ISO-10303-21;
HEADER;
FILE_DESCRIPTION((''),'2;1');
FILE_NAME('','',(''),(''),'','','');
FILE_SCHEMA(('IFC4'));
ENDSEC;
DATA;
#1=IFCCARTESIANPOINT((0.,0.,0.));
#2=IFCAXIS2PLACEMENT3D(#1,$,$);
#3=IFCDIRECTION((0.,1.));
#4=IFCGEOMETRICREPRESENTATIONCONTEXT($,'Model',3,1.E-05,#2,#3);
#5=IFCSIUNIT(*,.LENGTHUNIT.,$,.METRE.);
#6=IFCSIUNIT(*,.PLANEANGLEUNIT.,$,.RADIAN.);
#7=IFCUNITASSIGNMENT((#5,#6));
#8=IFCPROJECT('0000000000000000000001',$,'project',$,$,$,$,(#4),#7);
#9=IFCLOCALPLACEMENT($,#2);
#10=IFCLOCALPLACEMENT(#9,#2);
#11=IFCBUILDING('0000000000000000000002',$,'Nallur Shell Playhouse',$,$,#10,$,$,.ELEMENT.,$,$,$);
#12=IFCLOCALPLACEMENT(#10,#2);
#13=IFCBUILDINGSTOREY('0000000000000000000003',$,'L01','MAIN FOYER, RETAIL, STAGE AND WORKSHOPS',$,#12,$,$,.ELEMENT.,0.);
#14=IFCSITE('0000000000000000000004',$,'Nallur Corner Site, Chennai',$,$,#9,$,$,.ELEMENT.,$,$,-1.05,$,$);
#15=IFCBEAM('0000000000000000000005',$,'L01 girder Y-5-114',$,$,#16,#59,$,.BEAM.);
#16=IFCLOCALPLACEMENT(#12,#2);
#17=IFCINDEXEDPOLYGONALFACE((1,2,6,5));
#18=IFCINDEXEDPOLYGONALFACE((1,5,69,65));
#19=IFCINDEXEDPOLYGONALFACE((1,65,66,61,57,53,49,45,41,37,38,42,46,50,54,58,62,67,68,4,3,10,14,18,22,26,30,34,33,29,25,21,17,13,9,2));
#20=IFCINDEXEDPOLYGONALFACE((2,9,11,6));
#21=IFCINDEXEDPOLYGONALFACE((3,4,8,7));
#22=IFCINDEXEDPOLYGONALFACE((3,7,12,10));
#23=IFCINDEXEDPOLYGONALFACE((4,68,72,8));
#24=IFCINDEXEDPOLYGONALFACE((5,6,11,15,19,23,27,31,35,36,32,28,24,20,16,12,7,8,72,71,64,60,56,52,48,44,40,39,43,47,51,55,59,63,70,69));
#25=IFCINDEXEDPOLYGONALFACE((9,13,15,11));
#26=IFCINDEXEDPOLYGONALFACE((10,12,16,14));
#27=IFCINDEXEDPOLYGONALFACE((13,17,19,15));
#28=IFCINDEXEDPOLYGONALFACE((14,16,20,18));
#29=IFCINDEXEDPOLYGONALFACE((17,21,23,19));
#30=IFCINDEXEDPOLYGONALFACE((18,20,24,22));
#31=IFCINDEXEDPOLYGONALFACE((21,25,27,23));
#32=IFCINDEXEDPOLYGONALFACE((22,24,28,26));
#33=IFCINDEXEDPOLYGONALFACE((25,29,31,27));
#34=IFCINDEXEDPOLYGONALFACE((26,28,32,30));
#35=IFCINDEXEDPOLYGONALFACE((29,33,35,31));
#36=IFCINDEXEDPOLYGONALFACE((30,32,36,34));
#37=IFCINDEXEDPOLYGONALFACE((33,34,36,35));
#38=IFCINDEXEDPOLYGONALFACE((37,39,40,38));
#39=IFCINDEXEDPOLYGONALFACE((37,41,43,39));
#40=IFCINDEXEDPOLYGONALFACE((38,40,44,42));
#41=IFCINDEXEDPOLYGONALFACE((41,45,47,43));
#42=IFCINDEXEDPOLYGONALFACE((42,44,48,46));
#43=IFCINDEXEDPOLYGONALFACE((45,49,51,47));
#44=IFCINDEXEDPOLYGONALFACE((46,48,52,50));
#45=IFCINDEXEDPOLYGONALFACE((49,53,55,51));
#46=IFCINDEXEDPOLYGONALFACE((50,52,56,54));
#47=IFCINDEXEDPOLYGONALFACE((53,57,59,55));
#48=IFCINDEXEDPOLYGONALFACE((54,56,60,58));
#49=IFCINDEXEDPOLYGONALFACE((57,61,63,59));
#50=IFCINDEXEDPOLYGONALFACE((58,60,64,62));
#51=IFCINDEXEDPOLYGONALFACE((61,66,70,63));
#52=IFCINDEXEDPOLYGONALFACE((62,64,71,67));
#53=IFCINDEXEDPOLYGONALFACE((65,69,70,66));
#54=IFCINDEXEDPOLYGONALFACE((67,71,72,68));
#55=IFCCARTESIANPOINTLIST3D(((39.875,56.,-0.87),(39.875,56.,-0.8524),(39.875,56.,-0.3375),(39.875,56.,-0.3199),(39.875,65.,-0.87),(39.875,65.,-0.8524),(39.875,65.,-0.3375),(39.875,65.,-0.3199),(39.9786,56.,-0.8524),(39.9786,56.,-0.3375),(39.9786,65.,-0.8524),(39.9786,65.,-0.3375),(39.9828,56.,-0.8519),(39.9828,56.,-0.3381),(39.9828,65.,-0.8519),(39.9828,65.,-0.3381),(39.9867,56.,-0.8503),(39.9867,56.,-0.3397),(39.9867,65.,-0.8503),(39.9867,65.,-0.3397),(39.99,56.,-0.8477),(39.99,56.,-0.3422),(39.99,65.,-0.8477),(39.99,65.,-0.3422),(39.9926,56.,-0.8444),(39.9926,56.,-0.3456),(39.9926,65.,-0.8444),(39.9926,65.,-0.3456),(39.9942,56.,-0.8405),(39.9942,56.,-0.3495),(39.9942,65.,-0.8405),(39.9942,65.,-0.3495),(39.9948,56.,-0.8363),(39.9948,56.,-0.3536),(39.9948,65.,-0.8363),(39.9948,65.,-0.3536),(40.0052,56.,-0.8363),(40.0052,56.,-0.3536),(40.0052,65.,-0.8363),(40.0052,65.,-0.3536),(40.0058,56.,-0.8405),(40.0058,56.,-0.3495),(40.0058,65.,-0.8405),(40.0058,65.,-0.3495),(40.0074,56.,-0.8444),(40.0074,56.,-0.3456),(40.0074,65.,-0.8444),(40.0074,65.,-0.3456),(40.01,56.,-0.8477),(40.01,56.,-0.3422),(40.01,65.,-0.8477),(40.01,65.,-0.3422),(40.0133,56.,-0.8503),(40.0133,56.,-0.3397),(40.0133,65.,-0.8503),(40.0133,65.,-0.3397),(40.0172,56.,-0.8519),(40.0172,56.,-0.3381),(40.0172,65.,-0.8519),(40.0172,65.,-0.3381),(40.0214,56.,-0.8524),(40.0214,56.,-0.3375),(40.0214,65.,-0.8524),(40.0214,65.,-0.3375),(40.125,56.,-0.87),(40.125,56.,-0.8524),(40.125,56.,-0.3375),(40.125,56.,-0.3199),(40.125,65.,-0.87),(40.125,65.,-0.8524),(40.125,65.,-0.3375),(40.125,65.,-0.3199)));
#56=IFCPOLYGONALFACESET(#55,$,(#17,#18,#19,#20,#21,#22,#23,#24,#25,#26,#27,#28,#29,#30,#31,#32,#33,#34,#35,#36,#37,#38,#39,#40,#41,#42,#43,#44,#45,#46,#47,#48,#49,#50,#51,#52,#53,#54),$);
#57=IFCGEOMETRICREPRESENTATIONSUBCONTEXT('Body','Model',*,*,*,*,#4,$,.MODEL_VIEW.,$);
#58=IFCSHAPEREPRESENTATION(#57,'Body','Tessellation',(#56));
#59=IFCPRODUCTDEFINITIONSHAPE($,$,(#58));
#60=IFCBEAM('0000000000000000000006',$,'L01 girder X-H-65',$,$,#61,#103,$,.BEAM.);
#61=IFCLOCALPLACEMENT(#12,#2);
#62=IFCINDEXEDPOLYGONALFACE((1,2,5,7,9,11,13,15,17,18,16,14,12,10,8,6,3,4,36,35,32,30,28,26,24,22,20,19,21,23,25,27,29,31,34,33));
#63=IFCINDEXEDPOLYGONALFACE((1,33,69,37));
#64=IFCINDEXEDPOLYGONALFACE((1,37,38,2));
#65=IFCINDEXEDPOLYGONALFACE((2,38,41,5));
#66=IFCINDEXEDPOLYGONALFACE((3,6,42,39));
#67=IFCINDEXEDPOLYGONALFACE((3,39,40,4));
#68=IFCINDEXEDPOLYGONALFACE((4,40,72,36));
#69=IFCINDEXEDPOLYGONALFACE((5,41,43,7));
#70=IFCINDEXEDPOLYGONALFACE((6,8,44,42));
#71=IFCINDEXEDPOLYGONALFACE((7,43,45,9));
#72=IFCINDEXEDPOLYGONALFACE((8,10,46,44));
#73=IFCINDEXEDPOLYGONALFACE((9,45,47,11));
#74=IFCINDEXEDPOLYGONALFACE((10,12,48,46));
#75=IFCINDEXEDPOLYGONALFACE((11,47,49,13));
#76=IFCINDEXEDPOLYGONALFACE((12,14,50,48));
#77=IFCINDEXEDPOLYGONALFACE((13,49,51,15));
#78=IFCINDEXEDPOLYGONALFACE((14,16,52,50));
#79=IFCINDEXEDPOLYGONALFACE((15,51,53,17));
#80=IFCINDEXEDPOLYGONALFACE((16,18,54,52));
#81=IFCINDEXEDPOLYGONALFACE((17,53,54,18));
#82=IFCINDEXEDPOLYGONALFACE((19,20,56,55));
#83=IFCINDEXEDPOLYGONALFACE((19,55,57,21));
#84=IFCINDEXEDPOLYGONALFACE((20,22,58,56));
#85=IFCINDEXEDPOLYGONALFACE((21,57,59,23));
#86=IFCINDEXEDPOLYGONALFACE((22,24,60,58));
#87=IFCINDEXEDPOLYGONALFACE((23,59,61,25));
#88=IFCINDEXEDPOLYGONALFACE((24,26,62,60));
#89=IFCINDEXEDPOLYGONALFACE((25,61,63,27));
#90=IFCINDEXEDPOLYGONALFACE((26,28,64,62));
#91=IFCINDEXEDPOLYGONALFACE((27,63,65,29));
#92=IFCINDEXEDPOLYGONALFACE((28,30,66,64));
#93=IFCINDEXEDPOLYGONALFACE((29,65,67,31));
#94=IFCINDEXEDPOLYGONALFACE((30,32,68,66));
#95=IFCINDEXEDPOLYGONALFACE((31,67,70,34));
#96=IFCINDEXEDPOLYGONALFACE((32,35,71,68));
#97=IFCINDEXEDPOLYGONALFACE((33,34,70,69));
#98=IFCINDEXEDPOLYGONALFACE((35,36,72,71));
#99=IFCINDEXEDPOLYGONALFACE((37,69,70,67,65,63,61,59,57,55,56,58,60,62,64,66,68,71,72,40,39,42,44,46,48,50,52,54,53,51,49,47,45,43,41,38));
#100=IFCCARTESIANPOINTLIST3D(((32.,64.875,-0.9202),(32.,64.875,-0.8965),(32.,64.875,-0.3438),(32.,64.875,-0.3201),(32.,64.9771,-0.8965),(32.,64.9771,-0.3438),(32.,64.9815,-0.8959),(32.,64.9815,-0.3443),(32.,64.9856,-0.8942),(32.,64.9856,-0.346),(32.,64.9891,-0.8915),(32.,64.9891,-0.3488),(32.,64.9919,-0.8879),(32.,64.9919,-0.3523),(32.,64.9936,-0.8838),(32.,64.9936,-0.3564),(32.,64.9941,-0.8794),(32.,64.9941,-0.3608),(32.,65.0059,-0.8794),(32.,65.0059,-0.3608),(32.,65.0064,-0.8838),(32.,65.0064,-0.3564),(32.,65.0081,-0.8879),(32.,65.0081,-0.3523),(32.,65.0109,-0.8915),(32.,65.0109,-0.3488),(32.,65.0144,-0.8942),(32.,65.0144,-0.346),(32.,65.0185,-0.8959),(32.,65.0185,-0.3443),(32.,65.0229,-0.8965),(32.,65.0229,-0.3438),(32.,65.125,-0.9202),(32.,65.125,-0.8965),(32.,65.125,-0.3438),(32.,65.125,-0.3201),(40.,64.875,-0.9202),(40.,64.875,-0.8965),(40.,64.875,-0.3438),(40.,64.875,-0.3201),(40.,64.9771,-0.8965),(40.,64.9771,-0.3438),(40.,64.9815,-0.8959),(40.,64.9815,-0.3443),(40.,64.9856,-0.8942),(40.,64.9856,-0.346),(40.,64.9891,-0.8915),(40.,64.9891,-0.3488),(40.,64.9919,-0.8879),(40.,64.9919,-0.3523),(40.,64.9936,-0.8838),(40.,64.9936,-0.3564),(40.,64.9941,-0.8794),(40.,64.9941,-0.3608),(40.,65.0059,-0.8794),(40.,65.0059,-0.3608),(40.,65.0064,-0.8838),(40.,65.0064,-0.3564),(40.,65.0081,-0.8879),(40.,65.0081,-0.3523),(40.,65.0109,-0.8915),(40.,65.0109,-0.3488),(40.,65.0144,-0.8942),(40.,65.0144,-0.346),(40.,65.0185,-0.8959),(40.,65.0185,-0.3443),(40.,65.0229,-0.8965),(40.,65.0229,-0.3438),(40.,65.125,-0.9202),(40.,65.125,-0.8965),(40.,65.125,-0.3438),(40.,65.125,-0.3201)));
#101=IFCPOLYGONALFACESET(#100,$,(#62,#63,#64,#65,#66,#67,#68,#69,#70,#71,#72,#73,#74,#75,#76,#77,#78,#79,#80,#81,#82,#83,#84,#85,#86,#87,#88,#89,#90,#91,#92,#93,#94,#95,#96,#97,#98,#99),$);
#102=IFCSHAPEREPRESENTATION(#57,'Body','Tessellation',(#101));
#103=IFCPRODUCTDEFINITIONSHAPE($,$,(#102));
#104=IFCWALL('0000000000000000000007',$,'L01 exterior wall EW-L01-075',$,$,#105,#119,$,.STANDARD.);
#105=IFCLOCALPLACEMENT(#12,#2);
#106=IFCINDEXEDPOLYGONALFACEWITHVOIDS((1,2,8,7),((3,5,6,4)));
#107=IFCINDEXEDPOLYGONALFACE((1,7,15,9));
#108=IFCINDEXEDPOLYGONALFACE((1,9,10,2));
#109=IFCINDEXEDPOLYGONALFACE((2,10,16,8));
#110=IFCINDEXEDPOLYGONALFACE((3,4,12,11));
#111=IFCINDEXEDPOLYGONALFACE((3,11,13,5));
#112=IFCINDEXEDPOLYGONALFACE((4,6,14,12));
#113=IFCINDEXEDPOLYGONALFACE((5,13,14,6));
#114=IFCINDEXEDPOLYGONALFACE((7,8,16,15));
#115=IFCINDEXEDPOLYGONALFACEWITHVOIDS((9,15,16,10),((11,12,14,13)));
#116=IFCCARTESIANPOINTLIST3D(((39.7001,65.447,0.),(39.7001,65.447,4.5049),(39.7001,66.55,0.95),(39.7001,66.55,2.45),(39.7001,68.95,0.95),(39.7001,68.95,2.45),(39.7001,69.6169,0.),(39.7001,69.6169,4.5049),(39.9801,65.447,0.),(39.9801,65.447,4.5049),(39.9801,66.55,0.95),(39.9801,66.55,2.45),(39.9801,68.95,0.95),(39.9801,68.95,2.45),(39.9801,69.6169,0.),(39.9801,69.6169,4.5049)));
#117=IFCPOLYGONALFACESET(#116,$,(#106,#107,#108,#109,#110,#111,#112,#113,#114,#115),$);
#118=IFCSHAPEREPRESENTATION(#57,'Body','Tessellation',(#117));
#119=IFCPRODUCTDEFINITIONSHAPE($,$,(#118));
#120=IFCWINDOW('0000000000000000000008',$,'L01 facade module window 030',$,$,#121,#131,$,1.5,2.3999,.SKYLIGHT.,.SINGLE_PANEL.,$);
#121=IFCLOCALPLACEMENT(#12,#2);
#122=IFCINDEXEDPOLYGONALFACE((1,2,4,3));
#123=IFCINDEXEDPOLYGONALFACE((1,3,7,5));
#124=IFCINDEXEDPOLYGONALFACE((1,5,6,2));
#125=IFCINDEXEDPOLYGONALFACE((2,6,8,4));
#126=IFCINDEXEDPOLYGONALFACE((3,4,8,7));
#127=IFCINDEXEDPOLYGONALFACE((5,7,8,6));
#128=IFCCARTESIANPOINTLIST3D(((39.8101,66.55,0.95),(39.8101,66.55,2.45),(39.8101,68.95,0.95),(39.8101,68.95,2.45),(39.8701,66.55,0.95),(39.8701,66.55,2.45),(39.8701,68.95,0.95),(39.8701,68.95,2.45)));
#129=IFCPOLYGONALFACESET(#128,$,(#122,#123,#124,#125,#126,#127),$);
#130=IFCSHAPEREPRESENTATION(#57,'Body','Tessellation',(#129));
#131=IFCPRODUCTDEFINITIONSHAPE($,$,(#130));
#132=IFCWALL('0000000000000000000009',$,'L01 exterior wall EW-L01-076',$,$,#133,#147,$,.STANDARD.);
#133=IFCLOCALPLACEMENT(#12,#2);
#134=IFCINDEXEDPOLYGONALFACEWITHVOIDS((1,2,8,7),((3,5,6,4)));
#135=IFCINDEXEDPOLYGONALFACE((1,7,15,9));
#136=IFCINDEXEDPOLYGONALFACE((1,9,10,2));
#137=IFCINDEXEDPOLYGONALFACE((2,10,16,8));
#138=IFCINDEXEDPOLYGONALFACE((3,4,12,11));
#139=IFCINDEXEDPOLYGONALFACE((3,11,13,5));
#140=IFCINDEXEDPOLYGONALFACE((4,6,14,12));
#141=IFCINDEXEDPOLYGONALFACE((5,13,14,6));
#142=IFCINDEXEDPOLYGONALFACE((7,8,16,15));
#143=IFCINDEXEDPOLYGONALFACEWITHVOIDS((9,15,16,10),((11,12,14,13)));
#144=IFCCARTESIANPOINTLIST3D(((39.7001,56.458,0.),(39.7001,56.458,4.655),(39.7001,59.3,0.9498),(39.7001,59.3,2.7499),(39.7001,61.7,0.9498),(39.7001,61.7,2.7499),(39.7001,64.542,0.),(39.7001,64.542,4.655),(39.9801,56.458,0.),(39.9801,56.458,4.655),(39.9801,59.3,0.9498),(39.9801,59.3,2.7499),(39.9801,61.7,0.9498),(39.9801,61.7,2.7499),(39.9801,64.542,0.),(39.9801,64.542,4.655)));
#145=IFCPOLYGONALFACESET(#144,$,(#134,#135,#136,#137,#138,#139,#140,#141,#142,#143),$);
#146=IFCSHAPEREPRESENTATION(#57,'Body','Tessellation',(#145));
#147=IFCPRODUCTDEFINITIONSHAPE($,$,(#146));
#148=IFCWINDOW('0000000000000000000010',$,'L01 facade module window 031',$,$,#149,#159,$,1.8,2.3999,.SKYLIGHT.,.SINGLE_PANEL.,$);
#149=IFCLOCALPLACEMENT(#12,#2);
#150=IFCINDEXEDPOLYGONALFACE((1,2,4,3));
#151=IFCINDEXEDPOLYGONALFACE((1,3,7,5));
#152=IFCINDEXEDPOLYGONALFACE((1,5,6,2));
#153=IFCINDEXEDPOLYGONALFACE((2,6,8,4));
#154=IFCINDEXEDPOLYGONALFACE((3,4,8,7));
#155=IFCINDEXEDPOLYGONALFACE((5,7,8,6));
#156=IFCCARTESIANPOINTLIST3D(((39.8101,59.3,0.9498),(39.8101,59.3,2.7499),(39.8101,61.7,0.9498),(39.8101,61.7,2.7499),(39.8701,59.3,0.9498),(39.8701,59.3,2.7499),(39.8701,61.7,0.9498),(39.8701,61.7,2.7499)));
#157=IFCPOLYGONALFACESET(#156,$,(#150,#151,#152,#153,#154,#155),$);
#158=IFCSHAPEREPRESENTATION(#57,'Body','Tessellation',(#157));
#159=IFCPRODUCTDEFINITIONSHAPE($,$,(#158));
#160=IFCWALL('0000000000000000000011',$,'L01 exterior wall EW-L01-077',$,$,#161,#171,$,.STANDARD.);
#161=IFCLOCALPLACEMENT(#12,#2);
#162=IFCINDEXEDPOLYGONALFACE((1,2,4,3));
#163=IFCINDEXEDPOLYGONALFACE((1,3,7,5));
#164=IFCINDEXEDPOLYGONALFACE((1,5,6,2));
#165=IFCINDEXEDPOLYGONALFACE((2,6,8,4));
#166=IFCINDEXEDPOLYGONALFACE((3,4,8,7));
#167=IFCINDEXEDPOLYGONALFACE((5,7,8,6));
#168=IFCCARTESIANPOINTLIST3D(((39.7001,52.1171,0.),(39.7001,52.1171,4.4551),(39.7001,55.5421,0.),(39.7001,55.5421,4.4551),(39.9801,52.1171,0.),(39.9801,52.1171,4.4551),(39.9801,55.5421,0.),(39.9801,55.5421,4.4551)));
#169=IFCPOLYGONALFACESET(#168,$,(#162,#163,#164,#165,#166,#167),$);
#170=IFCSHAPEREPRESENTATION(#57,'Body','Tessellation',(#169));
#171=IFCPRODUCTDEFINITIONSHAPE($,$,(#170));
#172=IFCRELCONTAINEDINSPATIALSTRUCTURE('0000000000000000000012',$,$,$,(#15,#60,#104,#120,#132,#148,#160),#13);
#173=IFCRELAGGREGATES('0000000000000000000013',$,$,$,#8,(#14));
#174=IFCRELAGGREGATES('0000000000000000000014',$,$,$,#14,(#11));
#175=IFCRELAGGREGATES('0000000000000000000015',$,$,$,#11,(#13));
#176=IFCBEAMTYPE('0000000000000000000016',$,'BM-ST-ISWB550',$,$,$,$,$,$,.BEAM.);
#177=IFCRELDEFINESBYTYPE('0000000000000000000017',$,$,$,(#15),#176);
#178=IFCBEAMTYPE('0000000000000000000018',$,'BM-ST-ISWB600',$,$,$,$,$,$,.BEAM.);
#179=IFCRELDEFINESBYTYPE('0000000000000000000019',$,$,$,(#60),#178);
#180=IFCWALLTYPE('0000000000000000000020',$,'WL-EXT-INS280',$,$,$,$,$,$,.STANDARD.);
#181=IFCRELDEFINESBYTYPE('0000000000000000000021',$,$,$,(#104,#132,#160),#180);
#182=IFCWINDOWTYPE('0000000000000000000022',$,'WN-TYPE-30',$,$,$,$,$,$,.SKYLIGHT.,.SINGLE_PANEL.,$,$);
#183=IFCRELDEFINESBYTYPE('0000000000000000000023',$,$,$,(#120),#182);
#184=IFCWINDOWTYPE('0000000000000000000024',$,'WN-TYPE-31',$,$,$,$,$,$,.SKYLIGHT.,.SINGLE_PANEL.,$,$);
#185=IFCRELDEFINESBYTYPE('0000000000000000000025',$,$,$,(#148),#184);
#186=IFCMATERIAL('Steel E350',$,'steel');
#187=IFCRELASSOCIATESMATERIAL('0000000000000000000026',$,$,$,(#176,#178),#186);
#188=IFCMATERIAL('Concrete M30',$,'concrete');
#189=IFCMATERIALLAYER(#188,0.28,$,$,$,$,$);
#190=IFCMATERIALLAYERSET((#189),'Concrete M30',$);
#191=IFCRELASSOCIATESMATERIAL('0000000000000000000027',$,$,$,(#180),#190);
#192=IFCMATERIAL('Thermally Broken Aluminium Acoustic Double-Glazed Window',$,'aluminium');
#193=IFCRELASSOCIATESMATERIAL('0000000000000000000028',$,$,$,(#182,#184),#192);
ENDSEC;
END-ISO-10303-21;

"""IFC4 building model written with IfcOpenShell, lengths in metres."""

from ifc_helpers import new_model, si_unit, direction, frame, frame_2d, origin, origin_2d, place, context, subcontext, project, spatial, rectangle, i_section, extrude, material, layer, layer_set, material_profile, profile_set, type_object, element, fill, save


model = new_model("IFC4")

# Units and contexts
model_context = context("Model", 3, precision=1e-05, world=origin(), true_north=direction((0.0, 1.0)))
body_context = subcontext(model_context, "Body", "Model", "MODEL_VIEW")
ifc_project = project(units=[si_unit("LENGTHUNIT", "METRE"), si_unit("PLANEANGLEUNIT", "RADIAN")], contexts=[model_context])

# Site, building, storey
site_placement = place(None, origin())
site = spatial("IfcSite", under=ifc_project, at=site_placement, Name="Nallur Corner Site, Chennai", CompositionType="ELEMENT", RefElevation=-1.05)
building_placement = place(site_placement, origin())
building = spatial("IfcBuilding", under=site, at=building_placement, Name="Nallur Shell Playhouse", CompositionType="ELEMENT")
storey_placement = place(building_placement, origin())
storey = spatial("IfcBuildingStorey", under=building, at=storey_placement, Name="L01", Description="MAIN FOYER, RETAIL, STAGE AND WORKSHOPS", CompositionType="ELEMENT", Elevation=0.0)

# Shared definitions
ifc_material_1 = material(Name="Steel E350", Category="steel")

# Beams
ifc_material_profile_1 = material_profile(ifc_material_1, i_section(OverallWidth=0.25, OverallDepth=0.55, WebThickness=0.0105, FlangeThickness=0.0176, FilletRadius=0.0161, at=origin_2d()), Name="ISWB 550")
ifc_profile_set_1 = profile_set([ifc_material_profile_1], Name="Steel E350")
beam_type_1 = type_object("IfcBeamType", Name="BM-ST-ISWB550", PredefinedType="BEAM", material=ifc_profile_set_1)
beam_1_placement = place(storey_placement, frame((40.0, 56.0, -0.595), z_axis=(0.0, 1.0, 0.0), x_axis=(-1.0, 0.0, 0.0)))
element("IfcBeam", 1, at=beam_1_placement, inside=storey, type_object=beam_type_1, Name="L01 girder Y-5-114", PredefinedType="BEAM", context=body_context, shape_type="SweptSolid", body=[
    extrude(i_section(OverallWidth=0.25, OverallDepth=0.55, WebThickness=0.0105, FlangeThickness=0.0176, FilletRadius=0.0161, at=origin_2d()), origin(), (0.0, 0.0, 1.0), 9.0),
])
ifc_material_profile_2 = material_profile(ifc_material_1, i_section(OverallWidth=0.25, OverallDepth=0.6001, WebThickness=0.0117, FlangeThickness=0.0237, FilletRadius=0.0171, at=origin_2d()), Name="ISWB 600")
ifc_profile_set_2 = profile_set([ifc_material_profile_2], Name="Steel E350")
beam_type_2 = type_object("IfcBeamType", Name="BM-ST-ISWB600", PredefinedType="BEAM", material=ifc_profile_set_2)
beam_2_placement = place(storey_placement, frame((32.0, 65.0, -0.6201), z_axis=(1.0, 0.0, 0.0), x_axis=(0.0, 1.0, 0.0)))
element("IfcBeam", 2, at=beam_2_placement, inside=storey, type_object=beam_type_2, Name="L01 girder X-H-65", PredefinedType="BEAM", context=body_context, shape_type="SweptSolid", body=[
    extrude(i_section(OverallWidth=0.25, OverallDepth=0.6001, WebThickness=0.0117, FlangeThickness=0.0237, FilletRadius=0.0171, at=origin_2d()), origin(), (0.0, 0.0, 1.0), 8.0),
])

# Walls, openings, windows
ifc_material_2 = material(Name="Concrete M30", Category="concrete")
ifc_layer = layer(ifc_material_2, 0.28)
ifc_layer_set = layer_set([ifc_layer], Name="Concrete M30")
wall_type = type_object("IfcWallType", Name="WL-EXT-INS280", PredefinedType="STANDARD", material=ifc_layer_set)
wall_1_placement = place(storey_placement, frame((39.8401, 69.6169, 0.0), z_axis=(0.0, 0.0, 1.0), x_axis=(0.0, -1.0, 0.0)))
wall_1 = element("IfcWall", 3, at=wall_1_placement, inside=storey, type_object=wall_type, Name="L01 exterior wall EW-L01-075", PredefinedType="STANDARD", context=body_context, shape_type="SweptSolid", body=[
    extrude(rectangle(XDim=4.1699, YDim=0.28, at=frame_2d((2.085, 0.0))), origin(), (0.0, 0.0, 1.0), 4.5049),
])
opening_1_placement = place(wall_1_placement, frame((0.667, 0.0, 0.95)))
opening_1 = element("IfcOpeningElement", 4, at=opening_1_placement, cuts=wall_1, PredefinedType="OPENING", context=body_context, shape_type="SweptSolid", body=[
    extrude(rectangle(XDim=2.3999, YDim=1.5, at=frame_2d((1.2, 0.75))), frame((0.0, 0.1499, 0.0), z_axis=(0.0, -1.0, 0.0), x_axis=(1.0, 0.0, 0.0)), (0.0, 0.0, 1.0), 0.3),
])
ifc_material_3 = material(Name="Thermally Broken Aluminium Acoustic Double-Glazed Window", Category="aluminium")
window_type_1 = type_object("IfcWindowType", Name="WN-TYPE-30", PartitioningType="SINGLE_PANEL", PredefinedType="SKYLIGHT", material=ifc_material_3)
window_1_placement = place(opening_1_placement, origin())
window_1 = element("IfcWindow", 5, at=window_1_placement, inside=storey, type_object=window_type_1, Name="L01 facade module window 030", OverallHeight=1.5, OverallWidth=2.3999, PartitioningType="SINGLE_PANEL", PredefinedType="SKYLIGHT", context=body_context, shape_type="SweptSolid", body=[
    extrude(rectangle(XDim=2.3999, YDim=1.5, at=frame_2d((1.2, 0.75))), frame((0.0, 0.03, 0.0), z_axis=(0.0, -1.0, 0.0), x_axis=(1.0, 0.0, 0.0)), (0.0, 0.0, 1.0), 0.0601),
])
fill(opening_1, window_1)
wall_2_placement = place(storey_placement, frame((39.8401, 64.542, 0.0), z_axis=(0.0, 0.0, 1.0), x_axis=(0.0, -1.0, 0.0)))
wall_2 = element("IfcWall", 6, at=wall_2_placement, inside=storey, type_object=wall_type, Name="L01 exterior wall EW-L01-076", PredefinedType="STANDARD", context=body_context, shape_type="SweptSolid", body=[
    extrude(rectangle(XDim=8.084, YDim=0.28, at=frame_2d((4.042, 0.0))), origin(), (0.0, 0.0, 1.0), 4.655),
])
opening_2_placement = place(wall_2_placement, frame((2.842, 0.0, 0.95)))
opening_2 = element("IfcOpeningElement", 7, at=opening_2_placement, cuts=wall_2, PredefinedType="OPENING", context=body_context, shape_type="SweptSolid", body=[
    extrude(rectangle(XDim=2.3999, YDim=1.8, at=frame_2d((1.2, 0.8999))), frame((0.0, 0.1499, 0.0), z_axis=(0.0, -1.0, 0.0), x_axis=(1.0, 0.0, 0.0)), (0.0, 0.0, 1.0), 0.3),
])
window_type_2 = type_object("IfcWindowType", Name="WN-TYPE-31", PartitioningType="SINGLE_PANEL", PredefinedType="SKYLIGHT", material=ifc_material_3)
window_2_placement = place(opening_2_placement, origin())
window_2 = element("IfcWindow", 8, at=window_2_placement, inside=storey, type_object=window_type_2, Name="L01 facade module window 031", OverallHeight=1.8, OverallWidth=2.3999, PartitioningType="SINGLE_PANEL", PredefinedType="SKYLIGHT", context=body_context, shape_type="SweptSolid", body=[
    extrude(rectangle(XDim=2.3999, YDim=1.8, at=frame_2d((1.2, 0.8999))), frame((0.0, 0.03, 0.0), z_axis=(0.0, -1.0, 0.0), x_axis=(1.0, 0.0, 0.0)), (0.0, 0.0, 1.0), 0.0601),
])
fill(opening_2, window_2)

# Wall
wall_3_placement = place(storey_placement, frame((39.8401, 55.542, 0.0), z_axis=(0.0, 0.0, 1.0), x_axis=(0.0, -1.0, 0.0)))
element("IfcWall", 9, at=wall_3_placement, inside=storey, type_object=wall_type, Name="L01 exterior wall EW-L01-077", PredefinedType="STANDARD", context=body_context, shape_type="SweptSolid", body=[
    extrude(rectangle(XDim=3.425, YDim=0.28, at=frame_2d((1.7124, 0.0))), origin(), (0.0, 0.0, 1.0), 4.4551),
])

save(model, "model.ifc")
